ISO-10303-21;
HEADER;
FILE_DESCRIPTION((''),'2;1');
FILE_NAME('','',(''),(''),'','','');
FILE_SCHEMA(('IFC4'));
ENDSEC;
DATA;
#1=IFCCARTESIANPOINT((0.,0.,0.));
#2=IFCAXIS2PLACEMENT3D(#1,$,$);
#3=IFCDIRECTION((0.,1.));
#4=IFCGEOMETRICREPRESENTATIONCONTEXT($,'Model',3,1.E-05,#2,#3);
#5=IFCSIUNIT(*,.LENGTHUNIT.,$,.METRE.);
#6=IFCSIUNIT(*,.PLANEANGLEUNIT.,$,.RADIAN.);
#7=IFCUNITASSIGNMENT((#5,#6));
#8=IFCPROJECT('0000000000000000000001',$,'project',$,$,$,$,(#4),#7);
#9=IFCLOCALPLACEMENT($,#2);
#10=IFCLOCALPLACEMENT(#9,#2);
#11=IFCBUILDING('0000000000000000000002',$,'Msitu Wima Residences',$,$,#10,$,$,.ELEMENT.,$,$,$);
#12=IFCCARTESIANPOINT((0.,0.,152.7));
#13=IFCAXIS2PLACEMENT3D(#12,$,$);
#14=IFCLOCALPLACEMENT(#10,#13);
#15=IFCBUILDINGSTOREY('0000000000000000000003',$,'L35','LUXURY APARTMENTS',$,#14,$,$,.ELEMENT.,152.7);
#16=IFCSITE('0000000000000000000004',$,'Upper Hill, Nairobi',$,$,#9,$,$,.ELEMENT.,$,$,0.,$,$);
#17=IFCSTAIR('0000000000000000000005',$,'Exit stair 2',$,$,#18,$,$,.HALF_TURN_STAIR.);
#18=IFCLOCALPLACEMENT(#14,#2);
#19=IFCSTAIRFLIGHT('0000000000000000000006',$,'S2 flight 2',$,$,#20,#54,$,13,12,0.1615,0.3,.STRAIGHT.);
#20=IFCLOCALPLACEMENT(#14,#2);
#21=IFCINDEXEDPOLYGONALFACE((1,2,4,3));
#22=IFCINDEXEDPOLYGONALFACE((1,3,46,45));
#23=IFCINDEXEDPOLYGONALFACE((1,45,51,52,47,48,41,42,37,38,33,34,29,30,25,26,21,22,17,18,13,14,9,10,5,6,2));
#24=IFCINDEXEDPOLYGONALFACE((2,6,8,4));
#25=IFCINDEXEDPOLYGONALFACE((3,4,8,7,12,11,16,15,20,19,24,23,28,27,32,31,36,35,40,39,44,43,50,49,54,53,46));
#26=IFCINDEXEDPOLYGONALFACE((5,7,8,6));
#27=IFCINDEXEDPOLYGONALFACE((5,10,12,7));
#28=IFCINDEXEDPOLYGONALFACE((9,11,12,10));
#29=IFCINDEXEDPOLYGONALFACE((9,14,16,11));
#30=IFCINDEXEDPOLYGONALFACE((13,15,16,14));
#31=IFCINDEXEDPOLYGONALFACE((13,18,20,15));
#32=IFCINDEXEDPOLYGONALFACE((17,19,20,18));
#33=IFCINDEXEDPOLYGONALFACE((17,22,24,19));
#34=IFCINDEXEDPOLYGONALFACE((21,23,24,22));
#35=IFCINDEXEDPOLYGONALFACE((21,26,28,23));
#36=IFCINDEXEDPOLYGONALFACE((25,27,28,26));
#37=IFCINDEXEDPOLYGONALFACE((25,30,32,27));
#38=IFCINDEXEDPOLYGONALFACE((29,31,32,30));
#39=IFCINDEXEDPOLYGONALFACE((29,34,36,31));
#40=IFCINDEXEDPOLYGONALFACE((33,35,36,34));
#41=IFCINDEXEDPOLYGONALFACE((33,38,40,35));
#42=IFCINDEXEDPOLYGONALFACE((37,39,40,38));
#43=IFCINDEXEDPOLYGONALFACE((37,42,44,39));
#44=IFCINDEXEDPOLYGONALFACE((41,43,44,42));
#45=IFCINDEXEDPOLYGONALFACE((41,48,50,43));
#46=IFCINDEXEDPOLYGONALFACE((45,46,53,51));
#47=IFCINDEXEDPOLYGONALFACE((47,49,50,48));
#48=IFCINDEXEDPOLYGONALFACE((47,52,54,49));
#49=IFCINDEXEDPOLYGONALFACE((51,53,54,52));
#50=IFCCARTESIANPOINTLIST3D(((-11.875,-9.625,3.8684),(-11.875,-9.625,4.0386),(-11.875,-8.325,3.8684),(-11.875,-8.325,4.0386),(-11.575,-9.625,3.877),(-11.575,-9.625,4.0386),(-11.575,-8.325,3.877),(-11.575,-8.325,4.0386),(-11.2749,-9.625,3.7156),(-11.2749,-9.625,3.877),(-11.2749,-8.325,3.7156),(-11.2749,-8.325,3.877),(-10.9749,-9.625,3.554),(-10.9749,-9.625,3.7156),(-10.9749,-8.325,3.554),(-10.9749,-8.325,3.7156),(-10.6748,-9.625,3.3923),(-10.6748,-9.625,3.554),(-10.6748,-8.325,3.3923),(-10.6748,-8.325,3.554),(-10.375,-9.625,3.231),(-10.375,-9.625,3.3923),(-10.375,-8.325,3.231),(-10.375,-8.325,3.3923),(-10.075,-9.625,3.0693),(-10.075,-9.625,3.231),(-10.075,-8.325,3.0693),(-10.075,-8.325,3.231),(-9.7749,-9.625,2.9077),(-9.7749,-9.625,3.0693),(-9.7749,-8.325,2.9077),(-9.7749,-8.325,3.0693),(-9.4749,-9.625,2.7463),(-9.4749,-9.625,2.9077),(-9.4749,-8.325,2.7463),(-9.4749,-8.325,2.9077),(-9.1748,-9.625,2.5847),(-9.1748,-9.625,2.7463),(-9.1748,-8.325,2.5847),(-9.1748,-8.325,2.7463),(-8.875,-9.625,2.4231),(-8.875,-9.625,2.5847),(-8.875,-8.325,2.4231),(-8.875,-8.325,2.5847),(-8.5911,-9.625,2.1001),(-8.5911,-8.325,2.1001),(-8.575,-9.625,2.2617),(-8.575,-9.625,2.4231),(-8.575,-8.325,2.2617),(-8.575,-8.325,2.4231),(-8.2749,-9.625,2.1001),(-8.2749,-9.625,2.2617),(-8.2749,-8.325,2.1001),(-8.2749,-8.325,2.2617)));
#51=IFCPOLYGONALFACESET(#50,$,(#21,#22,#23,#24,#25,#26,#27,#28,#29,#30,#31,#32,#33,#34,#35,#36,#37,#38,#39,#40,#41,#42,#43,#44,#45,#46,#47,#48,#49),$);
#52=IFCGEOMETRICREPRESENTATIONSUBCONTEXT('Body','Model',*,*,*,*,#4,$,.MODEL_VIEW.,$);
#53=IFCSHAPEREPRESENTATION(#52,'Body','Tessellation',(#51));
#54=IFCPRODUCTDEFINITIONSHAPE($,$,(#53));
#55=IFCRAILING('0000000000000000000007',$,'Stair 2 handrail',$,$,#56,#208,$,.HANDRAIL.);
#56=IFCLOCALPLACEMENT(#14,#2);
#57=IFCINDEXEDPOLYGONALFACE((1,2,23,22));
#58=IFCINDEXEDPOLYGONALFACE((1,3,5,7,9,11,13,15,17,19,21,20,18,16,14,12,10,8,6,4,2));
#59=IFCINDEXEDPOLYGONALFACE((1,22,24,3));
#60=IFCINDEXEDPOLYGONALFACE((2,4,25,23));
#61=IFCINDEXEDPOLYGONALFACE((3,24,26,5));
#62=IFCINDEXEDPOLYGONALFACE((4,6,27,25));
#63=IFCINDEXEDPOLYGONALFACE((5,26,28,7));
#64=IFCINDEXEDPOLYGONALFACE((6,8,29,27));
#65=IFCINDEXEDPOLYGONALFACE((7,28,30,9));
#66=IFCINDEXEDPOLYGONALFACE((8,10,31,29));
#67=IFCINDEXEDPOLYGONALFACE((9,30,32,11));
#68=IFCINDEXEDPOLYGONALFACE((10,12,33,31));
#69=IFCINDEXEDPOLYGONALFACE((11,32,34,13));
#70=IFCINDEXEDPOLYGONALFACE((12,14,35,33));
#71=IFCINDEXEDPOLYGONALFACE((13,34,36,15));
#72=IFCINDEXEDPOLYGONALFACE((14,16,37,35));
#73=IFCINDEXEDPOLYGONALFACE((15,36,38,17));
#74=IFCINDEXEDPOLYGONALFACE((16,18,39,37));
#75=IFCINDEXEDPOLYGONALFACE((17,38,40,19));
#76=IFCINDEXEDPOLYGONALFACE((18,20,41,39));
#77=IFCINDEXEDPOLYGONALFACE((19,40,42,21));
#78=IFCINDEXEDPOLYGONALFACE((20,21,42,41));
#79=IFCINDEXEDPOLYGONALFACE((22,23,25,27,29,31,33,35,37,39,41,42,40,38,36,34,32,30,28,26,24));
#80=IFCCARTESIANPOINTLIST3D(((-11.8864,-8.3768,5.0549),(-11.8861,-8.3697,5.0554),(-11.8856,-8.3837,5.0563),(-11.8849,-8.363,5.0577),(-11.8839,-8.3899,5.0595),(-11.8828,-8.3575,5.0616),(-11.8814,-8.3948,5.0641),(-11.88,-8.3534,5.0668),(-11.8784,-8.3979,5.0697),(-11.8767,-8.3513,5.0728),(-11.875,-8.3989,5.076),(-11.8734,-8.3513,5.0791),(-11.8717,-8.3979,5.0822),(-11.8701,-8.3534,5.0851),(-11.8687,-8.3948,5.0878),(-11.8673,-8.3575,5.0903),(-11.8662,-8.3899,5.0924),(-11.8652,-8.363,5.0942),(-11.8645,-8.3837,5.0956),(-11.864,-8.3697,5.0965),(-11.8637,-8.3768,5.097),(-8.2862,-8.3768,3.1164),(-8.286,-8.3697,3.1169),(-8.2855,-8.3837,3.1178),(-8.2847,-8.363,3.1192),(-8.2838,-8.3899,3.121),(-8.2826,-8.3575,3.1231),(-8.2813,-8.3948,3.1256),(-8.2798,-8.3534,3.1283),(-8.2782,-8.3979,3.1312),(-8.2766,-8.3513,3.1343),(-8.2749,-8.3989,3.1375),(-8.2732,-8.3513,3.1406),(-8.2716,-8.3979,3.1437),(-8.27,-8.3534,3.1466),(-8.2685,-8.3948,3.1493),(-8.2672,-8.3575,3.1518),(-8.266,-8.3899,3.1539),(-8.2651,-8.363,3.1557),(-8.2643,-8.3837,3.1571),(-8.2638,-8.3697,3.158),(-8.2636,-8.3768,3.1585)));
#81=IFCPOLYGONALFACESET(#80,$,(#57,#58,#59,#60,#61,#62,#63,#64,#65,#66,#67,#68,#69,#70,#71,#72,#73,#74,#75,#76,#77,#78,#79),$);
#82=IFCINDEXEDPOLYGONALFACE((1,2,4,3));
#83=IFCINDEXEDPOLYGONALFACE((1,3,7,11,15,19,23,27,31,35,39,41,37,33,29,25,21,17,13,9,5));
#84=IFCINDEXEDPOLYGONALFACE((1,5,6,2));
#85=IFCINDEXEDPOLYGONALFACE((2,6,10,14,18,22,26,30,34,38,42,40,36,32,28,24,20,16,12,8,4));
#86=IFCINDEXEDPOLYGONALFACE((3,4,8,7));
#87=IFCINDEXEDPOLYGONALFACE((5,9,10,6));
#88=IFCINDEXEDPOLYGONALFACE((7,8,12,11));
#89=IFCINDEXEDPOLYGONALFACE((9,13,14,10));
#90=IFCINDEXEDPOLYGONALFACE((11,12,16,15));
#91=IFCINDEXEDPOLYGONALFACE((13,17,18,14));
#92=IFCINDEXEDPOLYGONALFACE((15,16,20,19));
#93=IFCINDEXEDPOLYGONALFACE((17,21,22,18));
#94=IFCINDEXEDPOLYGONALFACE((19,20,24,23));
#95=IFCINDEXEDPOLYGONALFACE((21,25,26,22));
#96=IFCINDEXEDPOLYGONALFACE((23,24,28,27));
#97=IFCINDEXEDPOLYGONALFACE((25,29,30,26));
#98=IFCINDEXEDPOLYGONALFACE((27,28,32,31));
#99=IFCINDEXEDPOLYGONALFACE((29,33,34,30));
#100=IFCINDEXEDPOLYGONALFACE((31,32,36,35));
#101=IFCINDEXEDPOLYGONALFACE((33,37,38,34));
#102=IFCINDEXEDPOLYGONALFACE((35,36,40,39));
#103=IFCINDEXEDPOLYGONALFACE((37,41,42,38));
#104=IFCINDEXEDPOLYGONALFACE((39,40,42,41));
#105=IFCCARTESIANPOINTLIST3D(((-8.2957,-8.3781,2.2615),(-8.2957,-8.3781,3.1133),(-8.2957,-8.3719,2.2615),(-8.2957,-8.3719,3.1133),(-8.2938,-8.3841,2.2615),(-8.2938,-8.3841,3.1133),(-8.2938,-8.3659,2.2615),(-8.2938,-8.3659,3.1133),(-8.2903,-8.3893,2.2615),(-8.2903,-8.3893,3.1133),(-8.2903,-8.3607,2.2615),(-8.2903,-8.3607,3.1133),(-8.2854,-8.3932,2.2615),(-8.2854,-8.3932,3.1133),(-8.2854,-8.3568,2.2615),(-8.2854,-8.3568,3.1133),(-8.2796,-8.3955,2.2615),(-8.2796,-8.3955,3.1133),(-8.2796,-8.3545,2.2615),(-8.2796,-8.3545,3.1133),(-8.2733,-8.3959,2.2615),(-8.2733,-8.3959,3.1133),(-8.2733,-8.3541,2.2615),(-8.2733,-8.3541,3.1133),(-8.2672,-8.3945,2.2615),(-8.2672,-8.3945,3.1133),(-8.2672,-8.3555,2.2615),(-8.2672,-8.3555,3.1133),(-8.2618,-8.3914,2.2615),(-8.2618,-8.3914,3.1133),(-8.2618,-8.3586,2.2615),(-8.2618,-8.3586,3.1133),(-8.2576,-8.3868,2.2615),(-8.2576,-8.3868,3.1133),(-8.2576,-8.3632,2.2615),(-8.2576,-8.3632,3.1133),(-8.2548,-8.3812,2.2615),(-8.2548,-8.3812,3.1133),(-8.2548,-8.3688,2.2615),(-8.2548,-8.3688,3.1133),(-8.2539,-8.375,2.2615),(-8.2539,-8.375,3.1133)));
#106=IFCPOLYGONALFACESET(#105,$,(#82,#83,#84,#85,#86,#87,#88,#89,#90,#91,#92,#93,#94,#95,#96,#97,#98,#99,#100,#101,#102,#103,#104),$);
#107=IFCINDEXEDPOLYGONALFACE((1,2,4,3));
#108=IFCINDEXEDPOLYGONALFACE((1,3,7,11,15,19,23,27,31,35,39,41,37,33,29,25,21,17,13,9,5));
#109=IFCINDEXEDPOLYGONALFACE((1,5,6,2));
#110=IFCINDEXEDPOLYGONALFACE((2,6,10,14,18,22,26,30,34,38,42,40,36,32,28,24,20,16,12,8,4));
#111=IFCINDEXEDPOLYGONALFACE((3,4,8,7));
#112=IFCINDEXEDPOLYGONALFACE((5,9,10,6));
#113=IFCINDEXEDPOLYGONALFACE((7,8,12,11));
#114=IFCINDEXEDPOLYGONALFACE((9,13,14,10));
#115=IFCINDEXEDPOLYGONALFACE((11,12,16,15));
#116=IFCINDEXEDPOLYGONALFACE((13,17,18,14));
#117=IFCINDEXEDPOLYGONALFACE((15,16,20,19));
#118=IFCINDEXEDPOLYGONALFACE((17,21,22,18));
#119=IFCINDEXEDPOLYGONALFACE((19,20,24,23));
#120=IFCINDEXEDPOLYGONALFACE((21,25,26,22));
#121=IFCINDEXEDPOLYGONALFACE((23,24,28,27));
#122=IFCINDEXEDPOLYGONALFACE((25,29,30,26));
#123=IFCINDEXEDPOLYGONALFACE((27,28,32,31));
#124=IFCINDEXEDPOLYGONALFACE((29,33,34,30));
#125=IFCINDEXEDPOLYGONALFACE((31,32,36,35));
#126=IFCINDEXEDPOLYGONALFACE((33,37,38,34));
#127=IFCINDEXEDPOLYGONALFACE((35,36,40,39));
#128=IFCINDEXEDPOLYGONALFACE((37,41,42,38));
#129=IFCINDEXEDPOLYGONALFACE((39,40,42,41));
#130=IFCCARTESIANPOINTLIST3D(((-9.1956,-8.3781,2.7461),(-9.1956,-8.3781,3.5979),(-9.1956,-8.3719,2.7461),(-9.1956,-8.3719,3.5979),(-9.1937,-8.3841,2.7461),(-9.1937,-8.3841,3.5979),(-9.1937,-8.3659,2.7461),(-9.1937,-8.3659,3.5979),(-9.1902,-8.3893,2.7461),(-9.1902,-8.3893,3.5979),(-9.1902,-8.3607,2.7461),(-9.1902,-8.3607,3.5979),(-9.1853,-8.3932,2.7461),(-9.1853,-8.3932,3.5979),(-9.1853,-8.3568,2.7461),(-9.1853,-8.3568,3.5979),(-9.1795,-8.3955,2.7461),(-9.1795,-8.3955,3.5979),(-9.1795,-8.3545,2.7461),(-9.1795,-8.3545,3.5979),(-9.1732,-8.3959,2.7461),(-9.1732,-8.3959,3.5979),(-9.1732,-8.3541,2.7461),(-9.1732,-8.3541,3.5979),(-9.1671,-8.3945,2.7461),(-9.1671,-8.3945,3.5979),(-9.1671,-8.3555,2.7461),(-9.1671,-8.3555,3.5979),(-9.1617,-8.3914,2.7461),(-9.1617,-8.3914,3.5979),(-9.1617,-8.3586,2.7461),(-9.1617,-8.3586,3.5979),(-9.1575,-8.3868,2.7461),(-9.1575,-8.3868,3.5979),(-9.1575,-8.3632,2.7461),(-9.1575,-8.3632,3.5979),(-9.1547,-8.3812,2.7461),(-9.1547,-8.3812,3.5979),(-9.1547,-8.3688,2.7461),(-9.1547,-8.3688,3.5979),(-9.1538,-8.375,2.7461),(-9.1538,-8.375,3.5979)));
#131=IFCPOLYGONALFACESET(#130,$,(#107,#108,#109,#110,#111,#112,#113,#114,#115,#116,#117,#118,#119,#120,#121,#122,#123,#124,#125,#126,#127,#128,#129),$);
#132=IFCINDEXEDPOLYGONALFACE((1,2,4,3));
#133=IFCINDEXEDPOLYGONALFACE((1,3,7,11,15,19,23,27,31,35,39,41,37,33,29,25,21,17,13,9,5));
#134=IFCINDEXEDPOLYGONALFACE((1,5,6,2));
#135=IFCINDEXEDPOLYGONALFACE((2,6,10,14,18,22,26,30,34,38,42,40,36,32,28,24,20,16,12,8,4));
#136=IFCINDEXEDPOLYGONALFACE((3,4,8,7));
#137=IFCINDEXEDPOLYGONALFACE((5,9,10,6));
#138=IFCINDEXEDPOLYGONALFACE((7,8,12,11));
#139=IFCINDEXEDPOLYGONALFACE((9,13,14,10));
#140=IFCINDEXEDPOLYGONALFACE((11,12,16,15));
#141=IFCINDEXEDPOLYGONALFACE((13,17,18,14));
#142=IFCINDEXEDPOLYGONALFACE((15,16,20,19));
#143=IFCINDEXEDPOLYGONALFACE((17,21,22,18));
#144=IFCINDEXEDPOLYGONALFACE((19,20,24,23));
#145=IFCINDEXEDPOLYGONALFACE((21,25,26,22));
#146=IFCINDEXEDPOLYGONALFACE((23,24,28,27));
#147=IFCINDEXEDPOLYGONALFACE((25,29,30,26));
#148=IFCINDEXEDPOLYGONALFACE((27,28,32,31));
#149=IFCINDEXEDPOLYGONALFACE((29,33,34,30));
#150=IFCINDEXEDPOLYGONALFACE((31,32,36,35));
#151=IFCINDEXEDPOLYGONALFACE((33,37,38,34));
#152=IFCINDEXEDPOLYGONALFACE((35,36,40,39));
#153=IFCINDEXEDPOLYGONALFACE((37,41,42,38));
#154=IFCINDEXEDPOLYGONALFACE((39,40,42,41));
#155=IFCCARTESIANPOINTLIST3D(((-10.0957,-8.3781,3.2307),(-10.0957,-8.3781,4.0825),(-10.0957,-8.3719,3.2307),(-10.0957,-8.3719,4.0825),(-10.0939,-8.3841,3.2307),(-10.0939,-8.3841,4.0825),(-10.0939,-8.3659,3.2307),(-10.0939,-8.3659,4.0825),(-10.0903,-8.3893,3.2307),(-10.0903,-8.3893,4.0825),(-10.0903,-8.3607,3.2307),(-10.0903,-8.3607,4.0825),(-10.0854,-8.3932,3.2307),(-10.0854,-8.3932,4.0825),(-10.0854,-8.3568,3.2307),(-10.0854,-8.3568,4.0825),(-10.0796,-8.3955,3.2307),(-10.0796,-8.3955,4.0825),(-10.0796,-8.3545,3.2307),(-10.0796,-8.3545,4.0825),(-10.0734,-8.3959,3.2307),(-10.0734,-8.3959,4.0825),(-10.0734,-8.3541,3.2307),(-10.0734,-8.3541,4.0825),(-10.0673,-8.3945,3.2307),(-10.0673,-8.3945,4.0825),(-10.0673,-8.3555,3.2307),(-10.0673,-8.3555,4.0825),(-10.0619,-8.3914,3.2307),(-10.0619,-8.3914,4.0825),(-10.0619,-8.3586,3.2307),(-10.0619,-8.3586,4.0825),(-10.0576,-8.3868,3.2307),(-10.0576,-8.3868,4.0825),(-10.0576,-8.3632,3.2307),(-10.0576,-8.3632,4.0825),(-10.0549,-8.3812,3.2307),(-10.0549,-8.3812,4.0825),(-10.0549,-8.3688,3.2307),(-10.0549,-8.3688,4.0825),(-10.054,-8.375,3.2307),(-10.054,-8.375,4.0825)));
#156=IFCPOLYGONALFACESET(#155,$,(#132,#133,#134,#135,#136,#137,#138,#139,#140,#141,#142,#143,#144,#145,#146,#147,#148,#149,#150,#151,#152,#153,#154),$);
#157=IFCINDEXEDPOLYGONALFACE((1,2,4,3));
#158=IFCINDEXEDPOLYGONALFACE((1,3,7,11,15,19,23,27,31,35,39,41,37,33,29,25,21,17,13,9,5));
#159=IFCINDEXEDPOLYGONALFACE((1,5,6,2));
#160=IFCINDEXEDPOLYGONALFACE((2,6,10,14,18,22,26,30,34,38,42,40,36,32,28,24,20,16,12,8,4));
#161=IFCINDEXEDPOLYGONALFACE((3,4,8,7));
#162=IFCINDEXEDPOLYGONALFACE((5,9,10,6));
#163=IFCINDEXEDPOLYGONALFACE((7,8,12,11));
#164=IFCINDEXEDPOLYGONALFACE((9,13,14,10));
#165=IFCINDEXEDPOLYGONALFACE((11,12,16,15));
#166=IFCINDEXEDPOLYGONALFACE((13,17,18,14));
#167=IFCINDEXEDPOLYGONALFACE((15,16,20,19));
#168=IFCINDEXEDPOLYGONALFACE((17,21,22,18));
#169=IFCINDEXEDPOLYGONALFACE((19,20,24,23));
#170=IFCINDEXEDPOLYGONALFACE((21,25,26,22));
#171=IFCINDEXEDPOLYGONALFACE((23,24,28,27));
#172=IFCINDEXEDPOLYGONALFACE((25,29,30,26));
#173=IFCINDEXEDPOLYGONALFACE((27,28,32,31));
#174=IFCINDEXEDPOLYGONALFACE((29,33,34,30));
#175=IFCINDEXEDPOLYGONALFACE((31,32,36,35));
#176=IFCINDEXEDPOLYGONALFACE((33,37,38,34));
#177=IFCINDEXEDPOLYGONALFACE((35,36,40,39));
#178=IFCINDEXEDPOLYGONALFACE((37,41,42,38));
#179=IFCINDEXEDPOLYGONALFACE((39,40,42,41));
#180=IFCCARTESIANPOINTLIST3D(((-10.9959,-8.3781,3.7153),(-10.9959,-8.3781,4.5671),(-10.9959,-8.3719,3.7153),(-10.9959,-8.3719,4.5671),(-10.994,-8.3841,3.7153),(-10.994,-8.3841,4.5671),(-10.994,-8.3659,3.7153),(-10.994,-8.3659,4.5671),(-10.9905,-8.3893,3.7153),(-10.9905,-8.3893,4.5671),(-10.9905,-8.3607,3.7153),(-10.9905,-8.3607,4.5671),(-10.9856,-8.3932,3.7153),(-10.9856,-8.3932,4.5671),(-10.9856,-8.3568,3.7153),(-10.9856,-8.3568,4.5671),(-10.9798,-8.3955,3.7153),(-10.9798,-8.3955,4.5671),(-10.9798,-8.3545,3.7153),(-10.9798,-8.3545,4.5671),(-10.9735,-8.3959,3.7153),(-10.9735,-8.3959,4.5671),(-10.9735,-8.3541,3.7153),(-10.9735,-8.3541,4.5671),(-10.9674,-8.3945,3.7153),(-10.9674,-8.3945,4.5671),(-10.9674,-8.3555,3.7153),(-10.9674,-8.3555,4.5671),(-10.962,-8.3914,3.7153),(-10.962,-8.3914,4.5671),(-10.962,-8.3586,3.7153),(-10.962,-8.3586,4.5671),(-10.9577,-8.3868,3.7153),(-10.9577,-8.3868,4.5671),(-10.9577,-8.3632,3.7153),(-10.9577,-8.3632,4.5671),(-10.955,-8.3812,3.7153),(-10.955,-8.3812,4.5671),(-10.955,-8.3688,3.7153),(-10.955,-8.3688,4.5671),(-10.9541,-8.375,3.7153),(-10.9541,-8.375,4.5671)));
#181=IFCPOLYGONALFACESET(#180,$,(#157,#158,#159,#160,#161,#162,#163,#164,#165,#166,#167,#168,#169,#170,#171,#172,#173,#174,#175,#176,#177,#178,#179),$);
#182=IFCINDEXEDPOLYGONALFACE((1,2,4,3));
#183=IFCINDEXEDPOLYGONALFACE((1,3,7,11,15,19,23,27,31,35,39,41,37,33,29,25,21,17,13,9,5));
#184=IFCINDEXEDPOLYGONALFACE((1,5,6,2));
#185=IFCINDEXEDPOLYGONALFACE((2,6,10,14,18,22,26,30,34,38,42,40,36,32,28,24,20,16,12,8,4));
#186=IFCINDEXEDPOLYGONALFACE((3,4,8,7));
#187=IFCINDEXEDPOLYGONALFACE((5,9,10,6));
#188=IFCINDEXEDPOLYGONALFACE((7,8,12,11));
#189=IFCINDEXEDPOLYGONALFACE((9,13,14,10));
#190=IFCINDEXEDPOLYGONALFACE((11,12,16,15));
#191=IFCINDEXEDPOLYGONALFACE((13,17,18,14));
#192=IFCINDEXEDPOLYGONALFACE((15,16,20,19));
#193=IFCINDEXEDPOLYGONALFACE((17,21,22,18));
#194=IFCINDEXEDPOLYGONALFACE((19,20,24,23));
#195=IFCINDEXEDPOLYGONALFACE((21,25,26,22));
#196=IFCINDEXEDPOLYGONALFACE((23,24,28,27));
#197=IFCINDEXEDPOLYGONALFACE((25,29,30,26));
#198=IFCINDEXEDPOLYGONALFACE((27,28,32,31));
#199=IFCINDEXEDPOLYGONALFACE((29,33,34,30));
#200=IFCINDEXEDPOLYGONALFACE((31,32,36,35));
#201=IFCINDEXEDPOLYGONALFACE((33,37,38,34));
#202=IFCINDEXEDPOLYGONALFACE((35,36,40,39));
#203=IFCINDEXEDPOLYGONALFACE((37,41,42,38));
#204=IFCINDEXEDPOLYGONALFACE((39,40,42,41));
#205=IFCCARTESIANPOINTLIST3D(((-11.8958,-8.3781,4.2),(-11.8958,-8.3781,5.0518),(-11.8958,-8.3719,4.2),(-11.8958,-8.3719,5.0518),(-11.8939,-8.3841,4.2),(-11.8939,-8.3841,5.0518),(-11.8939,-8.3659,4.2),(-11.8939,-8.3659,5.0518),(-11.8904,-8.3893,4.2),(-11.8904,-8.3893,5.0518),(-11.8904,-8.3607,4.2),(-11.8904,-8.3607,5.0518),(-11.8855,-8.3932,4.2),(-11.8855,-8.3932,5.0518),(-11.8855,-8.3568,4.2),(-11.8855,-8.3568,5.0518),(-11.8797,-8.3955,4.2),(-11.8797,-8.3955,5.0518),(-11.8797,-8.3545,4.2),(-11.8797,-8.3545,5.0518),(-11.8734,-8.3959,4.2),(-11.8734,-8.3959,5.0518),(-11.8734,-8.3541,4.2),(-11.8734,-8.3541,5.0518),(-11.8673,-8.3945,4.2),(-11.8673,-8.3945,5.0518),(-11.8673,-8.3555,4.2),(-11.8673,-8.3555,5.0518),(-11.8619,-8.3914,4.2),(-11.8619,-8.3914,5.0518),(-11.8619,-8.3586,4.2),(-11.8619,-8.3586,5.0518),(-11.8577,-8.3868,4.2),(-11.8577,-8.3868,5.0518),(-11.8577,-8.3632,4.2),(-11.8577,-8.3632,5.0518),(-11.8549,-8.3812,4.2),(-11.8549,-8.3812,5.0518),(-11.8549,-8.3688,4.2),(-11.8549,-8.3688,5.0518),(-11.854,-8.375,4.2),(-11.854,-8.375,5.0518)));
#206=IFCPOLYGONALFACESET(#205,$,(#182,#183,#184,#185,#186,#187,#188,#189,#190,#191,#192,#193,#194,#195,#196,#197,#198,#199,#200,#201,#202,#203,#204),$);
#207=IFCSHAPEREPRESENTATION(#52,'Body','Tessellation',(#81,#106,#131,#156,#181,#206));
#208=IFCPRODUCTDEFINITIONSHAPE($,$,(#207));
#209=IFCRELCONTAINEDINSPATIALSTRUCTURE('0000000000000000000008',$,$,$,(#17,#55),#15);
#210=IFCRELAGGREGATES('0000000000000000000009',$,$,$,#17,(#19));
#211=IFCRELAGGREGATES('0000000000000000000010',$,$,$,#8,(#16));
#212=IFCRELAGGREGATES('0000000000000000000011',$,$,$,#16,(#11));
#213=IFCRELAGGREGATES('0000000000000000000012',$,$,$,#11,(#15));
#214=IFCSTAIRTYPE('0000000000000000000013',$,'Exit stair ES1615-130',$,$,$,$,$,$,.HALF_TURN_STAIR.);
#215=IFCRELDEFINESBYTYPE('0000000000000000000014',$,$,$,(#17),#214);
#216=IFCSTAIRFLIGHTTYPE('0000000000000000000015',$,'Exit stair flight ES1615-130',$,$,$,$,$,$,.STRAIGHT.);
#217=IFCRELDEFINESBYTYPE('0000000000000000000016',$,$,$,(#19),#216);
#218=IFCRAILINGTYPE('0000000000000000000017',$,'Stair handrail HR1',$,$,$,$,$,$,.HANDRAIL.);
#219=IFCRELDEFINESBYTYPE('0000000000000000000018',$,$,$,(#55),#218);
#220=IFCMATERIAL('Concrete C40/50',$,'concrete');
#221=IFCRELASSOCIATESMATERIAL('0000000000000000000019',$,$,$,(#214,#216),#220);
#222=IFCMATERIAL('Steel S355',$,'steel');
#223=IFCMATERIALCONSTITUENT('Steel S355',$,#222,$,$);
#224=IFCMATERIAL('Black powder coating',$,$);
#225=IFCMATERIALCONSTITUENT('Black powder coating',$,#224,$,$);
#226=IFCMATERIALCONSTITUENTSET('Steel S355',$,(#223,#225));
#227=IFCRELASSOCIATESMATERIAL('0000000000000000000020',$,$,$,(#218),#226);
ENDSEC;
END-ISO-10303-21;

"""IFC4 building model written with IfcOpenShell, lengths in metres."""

from ifc_helpers import new_model, si_unit, direction, frame, origin, origin_2d, place, context, subcontext, project, spatial, polyline, circle, outline, extrude, material, constituent, constituent_set, type_object, element, aggregate, save


model = new_model("IFC4")

# Units and contexts
model_context = context("Model", 3, precision=1e-05, world=origin(), true_north=direction((0.0, 1.0)))
body_context = subcontext(model_context, "Body", "Model", "MODEL_VIEW")
ifc_project = project(units=[si_unit("LENGTHUNIT", "METRE"), si_unit("PLANEANGLEUNIT", "RADIAN")], contexts=[model_context])

# Site, building, storey
site_placement = place(None, origin())
site = spatial("IfcSite", under=ifc_project, at=site_placement, Name="Upper Hill, Nairobi", CompositionType="ELEMENT", RefElevation=0.0)
building_placement = place(site_placement, origin())
building = spatial("IfcBuilding", under=site, at=building_placement, Name="Msitu Wima Residences", CompositionType="ELEMENT")
storey_placement = place(building_placement, frame((0.0, 0.0, 152.7)))
storey = spatial("IfcBuildingStorey", under=building, at=storey_placement, Name="L35", Description="LUXURY APARTMENTS", CompositionType="ELEMENT", Elevation=152.7)

# Shared definitions
ifc_material_1 = material(Name="Concrete C40/50", Category="concrete")

# Stair, stair flight
stair_type = type_object("IfcStairType", Name="Exit stair ES1615-130", PredefinedType="HALF_TURN_STAIR", material=ifc_material_1)
stair_placement = place(storey_placement, origin())
stair = element("IfcStair", 1, at=stair_placement, inside=storey, type_object=stair_type, Name="Exit stair 2", PredefinedType="HALF_TURN_STAIR")
stair_flight_type = type_object("IfcStairFlightType", Name="Exit stair flight ES1615-130", PredefinedType="STRAIGHT", material=ifc_material_1)
stair_flight_placement = place(storey_placement, frame((-8.2749, -8.9751, 2.1001), z_axis=(0.0, 0.0, 1.0), x_axis=(-1.0, 0.0, 0.0)))
stair_flight = element("IfcStairFlight", 2, at=stair_flight_placement, type_object=stair_flight_type, Name="S2 flight 2", NumberOfRisers=13, NumberOfTreads=12, PredefinedType="STRAIGHT", RiserHeight=0.1615, TreadLength=0.3, context=body_context, shape_type="SweptSolid", body=[
    extrude(outline(polyline([(0.0, 0.0), (0.0, 0.1616), (0.3, 0.1616), (0.3, 0.323), (0.6001, 0.323), (0.6001, 0.4846), (0.8999, 0.4846), (0.8999, 0.6462), (1.2, 0.6462), (1.2, 0.8076), (1.5, 0.8076), (1.5, 0.9692), (1.8, 0.9692), (1.8, 1.1309), (2.1001, 1.1309), (2.1001, 1.2922), (2.3999, 1.2922), (2.3999, 1.4539), (2.7, 1.4539), (2.7, 1.6155), (3.0, 1.6155), (3.0, 1.7769), (3.3, 1.7769), (3.3, 1.9385), (3.6001, 1.9385), (3.6001, 2.1001), (3.6001, 1.7683), (0.3162, 0.0), (0.0, 0.0)])), frame((0.0, 0.6499, 0.0), z_axis=(0.0, -1.0, 0.0), x_axis=(1.0, 0.0, 0.0)), (0.0, 0.0, 1.0), 1.3),
])
aggregate(stair, [stair_flight])

# Railing
ifc_material_2 = material(Name="Steel S355", Category="steel")
ifc_constituent_1 = constituent(ifc_material_2, Name="Steel S355")
ifc_material_3 = material(Name="Black powder coating")
ifc_constituent_2 = constituent(ifc_material_3, Name="Black powder coating")
ifc_constituent_set = constituent_set(constituents=[ifc_constituent_1, ifc_constituent_2], Name="Steel S355")
railing_type = type_object("IfcRailingType", Name="Stair handrail HR1", PredefinedType="HANDRAIL", material=ifc_constituent_set)
railing_placement = place(storey_placement, frame((-8.2749, -8.375, 2.2615)))
element("IfcRailing", 3, at=railing_placement, inside=storey, type_object=railing_type, Name="Stair 2 handrail", PredefinedType="HANDRAIL", context=body_context, shape_type="SweptSolid", body=[
    extrude(circle(Radius=0.0239, at=origin_2d()), frame((0.0, 0.0, 0.876), z_axis=(-0.880475, 0.0, 0.474093), x_axis=(0.0, -1.0, 0.0)), (0.0, 0.0, 1.0), 4.0889),
    extrude(circle(Radius=0.021, at=origin_2d()), origin(), (0.0, 0.0, 1.0), 0.8518),
    extrude(circle(Radius=0.021, at=origin_2d()), frame((-0.8999, 0.0, 0.4846)), (0.0, 0.0, 1.0), 0.8518),
    extrude(circle(Radius=0.021, at=origin_2d()), frame((-1.8, 0.0, 0.9692)), (0.0, 0.0, 1.0), 0.8518),
    extrude(circle(Radius=0.021, at=origin_2d()), frame((-2.7002, 0.0, 1.4539)), (0.0, 0.0, 1.0), 0.8518),
    extrude(circle(Radius=0.021, at=origin_2d()), frame((-3.6001, 0.0, 1.9385)), (0.0, 0.0, 1.0), 0.8518),
])

save(model, "model.ifc")
